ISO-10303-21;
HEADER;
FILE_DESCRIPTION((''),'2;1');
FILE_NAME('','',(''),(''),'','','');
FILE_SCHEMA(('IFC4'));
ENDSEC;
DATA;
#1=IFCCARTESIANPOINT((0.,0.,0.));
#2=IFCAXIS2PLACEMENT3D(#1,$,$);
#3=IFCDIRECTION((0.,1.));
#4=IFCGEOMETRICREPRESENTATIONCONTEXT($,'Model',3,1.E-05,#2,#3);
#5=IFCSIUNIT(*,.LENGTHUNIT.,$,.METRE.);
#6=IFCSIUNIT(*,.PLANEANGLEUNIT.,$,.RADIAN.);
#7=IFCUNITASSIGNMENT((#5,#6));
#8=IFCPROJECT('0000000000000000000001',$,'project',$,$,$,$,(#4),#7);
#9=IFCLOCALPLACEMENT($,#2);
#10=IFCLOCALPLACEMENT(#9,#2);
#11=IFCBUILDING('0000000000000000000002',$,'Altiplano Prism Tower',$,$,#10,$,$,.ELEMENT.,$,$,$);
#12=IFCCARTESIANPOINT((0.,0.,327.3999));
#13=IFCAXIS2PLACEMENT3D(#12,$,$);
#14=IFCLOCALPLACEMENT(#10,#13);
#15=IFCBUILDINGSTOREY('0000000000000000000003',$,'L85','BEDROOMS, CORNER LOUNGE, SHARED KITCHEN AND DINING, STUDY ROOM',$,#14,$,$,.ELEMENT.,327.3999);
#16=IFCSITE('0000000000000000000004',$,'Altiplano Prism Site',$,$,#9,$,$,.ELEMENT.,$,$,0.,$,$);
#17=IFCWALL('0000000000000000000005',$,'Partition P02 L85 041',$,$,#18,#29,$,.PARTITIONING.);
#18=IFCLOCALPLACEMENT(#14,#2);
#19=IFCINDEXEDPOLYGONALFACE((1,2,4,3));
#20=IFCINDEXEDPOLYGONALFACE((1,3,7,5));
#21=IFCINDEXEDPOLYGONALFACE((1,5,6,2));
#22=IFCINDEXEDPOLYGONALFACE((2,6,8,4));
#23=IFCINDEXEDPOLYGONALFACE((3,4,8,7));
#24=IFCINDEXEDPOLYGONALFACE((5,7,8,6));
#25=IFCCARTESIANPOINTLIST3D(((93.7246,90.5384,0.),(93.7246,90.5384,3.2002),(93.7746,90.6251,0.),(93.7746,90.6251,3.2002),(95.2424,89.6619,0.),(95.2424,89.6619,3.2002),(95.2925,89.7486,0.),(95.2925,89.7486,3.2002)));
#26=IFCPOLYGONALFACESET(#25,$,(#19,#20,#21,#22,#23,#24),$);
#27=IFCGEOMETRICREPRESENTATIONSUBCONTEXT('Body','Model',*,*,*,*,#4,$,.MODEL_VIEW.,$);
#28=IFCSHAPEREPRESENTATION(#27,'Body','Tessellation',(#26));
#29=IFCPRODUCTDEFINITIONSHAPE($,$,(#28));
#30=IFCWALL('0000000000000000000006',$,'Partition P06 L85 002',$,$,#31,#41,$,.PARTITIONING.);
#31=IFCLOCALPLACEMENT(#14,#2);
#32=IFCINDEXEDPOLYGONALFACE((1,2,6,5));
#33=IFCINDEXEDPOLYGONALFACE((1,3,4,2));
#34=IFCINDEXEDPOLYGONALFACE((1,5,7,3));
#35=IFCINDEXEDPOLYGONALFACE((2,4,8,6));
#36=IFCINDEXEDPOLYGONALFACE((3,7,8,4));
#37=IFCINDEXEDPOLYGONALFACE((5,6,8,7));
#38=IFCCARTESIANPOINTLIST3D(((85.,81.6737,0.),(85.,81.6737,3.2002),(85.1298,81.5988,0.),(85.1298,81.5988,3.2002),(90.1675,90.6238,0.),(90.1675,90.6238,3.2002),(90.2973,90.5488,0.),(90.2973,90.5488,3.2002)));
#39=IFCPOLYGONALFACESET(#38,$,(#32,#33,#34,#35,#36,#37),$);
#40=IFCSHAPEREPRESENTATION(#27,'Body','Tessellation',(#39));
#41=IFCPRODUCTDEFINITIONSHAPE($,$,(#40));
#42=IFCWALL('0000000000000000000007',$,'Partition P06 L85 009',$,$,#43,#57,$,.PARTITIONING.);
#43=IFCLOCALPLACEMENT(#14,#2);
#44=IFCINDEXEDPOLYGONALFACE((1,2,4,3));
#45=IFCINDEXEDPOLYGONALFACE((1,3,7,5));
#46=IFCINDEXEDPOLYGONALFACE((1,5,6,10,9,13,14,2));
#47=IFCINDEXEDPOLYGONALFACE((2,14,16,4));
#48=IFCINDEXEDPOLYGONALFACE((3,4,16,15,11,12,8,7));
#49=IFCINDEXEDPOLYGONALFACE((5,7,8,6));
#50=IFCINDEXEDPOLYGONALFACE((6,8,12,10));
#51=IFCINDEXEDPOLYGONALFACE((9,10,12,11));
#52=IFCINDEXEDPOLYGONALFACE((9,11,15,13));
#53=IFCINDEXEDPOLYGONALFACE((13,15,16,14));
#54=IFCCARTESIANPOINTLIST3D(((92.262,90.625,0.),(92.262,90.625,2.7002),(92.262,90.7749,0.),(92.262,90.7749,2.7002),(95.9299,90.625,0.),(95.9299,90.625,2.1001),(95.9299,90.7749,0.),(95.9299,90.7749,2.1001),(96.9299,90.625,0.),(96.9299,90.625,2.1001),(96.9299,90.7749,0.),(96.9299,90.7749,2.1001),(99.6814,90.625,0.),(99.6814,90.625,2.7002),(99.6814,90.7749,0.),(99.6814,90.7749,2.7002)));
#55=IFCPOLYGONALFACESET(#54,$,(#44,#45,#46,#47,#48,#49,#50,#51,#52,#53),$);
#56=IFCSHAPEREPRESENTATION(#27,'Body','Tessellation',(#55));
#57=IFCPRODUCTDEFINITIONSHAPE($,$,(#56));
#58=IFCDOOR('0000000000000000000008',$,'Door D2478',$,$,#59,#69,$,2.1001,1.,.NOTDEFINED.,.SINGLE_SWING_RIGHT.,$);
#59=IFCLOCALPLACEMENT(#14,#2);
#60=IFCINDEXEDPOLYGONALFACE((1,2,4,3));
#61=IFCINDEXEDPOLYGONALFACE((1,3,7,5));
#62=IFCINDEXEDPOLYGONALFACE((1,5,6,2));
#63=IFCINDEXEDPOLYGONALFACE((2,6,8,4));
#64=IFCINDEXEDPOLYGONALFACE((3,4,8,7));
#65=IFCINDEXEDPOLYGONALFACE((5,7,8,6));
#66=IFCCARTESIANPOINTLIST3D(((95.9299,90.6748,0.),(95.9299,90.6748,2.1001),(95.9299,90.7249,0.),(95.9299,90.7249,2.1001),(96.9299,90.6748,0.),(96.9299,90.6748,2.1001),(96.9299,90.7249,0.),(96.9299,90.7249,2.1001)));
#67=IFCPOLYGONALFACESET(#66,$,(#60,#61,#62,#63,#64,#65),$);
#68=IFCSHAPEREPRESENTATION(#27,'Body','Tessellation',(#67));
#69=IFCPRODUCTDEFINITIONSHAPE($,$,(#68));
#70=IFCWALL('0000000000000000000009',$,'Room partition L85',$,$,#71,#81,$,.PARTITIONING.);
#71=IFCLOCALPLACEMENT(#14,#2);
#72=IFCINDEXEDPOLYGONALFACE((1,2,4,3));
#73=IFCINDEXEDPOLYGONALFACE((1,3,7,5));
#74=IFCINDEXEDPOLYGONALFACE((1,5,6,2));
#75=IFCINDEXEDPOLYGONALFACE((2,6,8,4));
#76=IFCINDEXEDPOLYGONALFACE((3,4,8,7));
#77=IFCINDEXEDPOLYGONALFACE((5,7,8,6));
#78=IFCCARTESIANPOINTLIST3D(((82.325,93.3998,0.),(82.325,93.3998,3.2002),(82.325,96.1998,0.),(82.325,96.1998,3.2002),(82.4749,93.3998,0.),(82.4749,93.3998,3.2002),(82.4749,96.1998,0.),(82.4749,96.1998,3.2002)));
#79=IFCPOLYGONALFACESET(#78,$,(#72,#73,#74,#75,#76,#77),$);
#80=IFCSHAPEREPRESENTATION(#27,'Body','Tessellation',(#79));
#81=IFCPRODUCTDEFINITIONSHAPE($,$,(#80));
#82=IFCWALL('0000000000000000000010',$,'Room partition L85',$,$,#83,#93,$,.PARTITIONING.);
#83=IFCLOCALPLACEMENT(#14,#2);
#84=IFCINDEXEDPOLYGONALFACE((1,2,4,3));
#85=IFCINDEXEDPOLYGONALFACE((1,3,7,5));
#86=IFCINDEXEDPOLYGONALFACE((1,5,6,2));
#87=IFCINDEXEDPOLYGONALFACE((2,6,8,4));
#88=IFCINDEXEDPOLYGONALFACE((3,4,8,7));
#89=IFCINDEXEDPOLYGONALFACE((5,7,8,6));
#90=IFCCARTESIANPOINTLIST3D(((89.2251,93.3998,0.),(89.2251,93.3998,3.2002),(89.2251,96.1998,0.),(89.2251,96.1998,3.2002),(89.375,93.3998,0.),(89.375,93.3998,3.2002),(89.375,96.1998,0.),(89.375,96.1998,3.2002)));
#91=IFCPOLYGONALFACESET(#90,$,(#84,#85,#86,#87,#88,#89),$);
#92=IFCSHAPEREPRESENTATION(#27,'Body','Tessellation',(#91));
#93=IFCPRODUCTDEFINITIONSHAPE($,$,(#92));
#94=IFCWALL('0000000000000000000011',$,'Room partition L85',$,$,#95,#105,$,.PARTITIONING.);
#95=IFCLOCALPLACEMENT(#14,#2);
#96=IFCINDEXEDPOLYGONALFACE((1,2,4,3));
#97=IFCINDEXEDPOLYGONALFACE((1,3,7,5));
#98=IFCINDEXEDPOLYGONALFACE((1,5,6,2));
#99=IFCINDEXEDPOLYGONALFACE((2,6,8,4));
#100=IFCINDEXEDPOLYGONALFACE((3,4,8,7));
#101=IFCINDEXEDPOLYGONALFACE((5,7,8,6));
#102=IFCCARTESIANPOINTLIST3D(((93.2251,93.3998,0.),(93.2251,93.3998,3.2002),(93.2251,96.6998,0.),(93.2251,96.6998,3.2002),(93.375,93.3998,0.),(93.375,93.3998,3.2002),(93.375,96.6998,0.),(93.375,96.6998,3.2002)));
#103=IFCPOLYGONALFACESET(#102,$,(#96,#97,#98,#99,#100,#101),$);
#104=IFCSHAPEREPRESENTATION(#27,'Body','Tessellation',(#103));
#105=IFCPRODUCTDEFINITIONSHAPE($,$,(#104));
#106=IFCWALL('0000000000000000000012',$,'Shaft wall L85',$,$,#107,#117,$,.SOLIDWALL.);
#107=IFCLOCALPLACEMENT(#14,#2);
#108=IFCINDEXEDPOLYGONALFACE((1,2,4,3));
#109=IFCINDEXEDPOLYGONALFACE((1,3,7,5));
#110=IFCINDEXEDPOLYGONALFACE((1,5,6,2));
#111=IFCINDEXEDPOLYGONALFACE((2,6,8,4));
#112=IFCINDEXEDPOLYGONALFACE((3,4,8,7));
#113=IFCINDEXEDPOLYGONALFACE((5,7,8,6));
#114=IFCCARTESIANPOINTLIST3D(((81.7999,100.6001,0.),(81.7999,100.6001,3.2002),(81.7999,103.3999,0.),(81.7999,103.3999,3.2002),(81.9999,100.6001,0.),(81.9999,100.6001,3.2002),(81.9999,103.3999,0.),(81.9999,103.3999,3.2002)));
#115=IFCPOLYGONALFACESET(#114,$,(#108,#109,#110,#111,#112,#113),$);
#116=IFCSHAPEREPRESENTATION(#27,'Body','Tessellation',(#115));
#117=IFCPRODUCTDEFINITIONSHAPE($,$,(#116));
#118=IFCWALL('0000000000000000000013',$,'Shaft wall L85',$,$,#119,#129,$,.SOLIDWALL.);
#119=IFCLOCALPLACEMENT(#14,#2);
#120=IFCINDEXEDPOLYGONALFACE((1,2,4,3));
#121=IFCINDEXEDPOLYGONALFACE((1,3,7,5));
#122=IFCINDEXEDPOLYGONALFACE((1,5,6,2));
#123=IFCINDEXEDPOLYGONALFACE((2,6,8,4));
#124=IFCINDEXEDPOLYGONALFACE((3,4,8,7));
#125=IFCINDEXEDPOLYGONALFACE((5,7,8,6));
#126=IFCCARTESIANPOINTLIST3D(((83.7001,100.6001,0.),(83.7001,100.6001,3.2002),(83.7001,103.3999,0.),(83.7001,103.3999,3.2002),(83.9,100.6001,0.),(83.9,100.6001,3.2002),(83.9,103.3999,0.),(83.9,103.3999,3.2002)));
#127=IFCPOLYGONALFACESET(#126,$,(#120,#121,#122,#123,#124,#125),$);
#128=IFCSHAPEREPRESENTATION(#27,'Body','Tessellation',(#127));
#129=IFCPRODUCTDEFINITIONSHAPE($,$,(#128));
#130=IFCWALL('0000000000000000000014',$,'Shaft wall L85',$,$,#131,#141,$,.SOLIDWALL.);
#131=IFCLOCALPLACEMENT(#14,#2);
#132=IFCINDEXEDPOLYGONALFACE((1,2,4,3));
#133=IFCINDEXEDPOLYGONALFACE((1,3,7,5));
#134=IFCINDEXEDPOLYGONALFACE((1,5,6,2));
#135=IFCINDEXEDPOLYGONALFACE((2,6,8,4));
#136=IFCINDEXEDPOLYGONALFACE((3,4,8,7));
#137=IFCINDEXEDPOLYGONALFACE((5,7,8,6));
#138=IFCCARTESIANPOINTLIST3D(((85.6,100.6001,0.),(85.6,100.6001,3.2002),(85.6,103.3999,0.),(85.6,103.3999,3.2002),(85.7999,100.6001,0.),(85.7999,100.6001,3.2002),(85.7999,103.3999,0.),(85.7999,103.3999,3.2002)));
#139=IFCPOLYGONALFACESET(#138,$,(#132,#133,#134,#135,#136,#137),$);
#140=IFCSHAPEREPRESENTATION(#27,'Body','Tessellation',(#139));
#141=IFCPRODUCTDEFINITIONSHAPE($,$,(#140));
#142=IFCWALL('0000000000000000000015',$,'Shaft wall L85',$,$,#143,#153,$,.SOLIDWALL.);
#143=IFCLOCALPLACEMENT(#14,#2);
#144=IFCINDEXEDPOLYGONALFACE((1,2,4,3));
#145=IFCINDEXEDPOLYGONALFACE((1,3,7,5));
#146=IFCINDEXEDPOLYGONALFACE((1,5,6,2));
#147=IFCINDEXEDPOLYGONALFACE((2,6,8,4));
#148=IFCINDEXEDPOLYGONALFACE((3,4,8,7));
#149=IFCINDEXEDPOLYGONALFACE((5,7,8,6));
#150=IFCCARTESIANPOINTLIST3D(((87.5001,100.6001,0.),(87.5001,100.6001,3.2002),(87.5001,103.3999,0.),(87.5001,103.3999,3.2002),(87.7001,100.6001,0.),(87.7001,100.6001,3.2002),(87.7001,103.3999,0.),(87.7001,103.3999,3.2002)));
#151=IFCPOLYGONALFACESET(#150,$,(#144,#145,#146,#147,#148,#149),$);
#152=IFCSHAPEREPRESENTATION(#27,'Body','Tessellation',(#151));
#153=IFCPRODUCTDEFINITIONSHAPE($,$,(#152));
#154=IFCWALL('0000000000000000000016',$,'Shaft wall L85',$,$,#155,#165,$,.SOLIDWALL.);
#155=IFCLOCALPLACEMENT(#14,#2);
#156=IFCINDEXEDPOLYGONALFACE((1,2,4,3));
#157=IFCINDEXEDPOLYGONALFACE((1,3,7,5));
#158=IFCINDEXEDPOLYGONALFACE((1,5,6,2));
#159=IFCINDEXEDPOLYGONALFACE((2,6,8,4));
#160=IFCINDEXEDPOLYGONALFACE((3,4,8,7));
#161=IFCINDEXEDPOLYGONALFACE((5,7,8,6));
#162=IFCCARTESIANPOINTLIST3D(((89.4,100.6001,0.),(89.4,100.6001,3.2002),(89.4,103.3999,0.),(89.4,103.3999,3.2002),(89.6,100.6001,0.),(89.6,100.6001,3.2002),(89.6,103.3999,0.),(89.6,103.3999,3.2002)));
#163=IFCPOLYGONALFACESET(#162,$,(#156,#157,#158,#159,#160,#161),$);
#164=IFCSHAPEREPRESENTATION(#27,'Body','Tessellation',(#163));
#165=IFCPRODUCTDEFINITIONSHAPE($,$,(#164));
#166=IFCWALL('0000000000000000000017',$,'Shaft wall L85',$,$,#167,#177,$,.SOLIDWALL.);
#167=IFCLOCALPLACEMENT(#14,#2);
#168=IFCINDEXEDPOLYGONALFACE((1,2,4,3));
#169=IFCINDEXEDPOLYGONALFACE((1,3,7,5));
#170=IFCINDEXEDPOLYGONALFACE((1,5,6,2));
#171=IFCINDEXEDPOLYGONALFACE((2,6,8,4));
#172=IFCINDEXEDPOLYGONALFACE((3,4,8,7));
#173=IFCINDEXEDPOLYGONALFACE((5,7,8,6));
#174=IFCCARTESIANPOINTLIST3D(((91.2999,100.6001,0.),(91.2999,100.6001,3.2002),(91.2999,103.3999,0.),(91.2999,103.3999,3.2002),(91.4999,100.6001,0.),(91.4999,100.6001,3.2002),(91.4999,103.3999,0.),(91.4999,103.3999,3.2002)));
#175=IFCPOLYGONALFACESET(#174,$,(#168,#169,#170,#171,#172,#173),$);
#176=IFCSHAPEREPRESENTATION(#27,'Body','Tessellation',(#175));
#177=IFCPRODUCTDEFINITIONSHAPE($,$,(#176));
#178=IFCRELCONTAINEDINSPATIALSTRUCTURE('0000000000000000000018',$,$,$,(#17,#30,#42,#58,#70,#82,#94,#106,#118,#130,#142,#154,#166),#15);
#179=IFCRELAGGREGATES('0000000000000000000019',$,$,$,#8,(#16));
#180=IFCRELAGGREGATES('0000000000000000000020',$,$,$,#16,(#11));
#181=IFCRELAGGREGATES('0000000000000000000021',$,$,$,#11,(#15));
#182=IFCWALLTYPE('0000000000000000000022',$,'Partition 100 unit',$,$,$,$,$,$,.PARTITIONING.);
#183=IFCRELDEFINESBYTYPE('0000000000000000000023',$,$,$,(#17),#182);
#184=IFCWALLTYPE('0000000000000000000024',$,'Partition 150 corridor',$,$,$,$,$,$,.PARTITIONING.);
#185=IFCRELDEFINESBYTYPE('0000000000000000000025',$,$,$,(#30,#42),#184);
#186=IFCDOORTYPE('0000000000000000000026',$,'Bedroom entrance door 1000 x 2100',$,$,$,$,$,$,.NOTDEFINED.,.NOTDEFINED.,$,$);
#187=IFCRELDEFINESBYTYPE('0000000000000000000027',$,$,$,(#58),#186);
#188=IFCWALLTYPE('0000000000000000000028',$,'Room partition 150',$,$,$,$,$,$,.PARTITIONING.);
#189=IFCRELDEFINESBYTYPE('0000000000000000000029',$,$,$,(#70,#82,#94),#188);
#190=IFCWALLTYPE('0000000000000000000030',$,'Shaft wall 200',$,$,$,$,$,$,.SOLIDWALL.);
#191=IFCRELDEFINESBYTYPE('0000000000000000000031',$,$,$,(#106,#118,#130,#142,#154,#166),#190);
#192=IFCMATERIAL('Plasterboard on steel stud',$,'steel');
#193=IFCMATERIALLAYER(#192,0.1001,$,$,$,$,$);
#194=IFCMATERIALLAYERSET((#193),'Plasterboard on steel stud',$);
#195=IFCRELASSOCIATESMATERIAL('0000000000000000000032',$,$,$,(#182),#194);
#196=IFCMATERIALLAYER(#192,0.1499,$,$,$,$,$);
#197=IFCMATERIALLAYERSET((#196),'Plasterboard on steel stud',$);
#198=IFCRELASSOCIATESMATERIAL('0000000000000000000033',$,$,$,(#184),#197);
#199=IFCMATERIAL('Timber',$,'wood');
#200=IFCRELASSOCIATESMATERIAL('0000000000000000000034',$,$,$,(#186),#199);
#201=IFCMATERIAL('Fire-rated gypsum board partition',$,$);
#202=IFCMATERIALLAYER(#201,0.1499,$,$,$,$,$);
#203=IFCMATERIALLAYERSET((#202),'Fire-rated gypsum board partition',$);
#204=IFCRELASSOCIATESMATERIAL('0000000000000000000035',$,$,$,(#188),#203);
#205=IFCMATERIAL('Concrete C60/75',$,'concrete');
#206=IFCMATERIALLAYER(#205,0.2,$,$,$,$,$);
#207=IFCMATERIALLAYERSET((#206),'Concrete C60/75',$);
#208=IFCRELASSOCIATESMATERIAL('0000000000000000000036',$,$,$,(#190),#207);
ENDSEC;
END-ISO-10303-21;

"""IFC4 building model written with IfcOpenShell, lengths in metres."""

from ifc_helpers import new_model, si_unit, direction, frame, frame_2d, origin, place, context, subcontext, project, spatial, rectangle, extrude, material, layer, layer_set, type_object, element, fill, save


model = new_model("IFC4")

# Units and contexts
model_context = context("Model", 3, precision=1e-05, world=origin(), true_north=direction((0.0, 1.0)))
body_context = subcontext(model_context, "Body", "Model", "MODEL_VIEW")
ifc_project = project(units=[si_unit("LENGTHUNIT", "METRE"), si_unit("PLANEANGLEUNIT", "RADIAN")], contexts=[model_context])

# Site, building, storey
site_placement = place(None, origin())
site = spatial("IfcSite", under=ifc_project, at=site_placement, Name="Altiplano Prism Site", CompositionType="ELEMENT", RefElevation=0.0)
building_placement = place(site_placement, origin())
building = spatial("IfcBuilding", under=site, at=building_placement, Name="Altiplano Prism Tower", CompositionType="ELEMENT")
storey_placement = place(building_placement, frame((0.0, 0.0, 327.3999)))
storey = spatial("IfcBuildingStorey", under=building, at=storey_placement, Name="L85", Description="BEDROOMS, CORNER LOUNGE, SHARED KITCHEN AND DINING, STUDY ROOM", CompositionType="ELEMENT", Elevation=327.3999)

# Walls
ifc_material_1 = material(Name="Plasterboard on steel stud", Category="steel")
ifc_layer_1 = layer(ifc_material_1, 0.1001)
ifc_layer_set_1 = layer_set([ifc_layer_1], Name="Plasterboard on steel stud")
wall_type_1 = type_object("IfcWallType", Name="Partition 100 unit", PredefinedType="PARTITIONING", material=ifc_layer_set_1)
wall_1_placement = place(storey_placement, frame((93.7495, 90.5818, 0.0), z_axis=(0.0, 0.0, 1.0), x_axis=(0.865988, -0.500064, 0.0)))
element("IfcWall", 1, at=wall_1_placement, inside=storey, type_object=wall_type_1, Name="Partition P02 L85 041", PredefinedType="PARTITIONING", context=body_context, shape_type="SweptSolid", body=[
    extrude(rectangle(XDim=1.7527, YDim=0.1001, at=frame_2d((0.8765, 0.0))), origin(), (0.0, 0.0, 1.0), 3.2002),
])
ifc_layer_2 = layer(ifc_material_1, 0.1499)
ifc_layer_set_2 = layer_set([ifc_layer_2], Name="Plasterboard on steel stud")
wall_type_2 = type_object("IfcWallType", Name="Partition 150 corridor", PredefinedType="PARTITIONING", material=ifc_layer_set_2)
wall_2_placement = place(storey_placement, frame((90.2324, 90.5864, 0.0), z_axis=(0.0, 0.0, 1.0), x_axis=(-0.500006, -0.866022, 0.0)))
element("IfcWall", 2, at=wall_2_placement, inside=storey, type_object=wall_type_2, Name="Partition P06 L85 002", PredefinedType="PARTITIONING", context=body_context, shape_type="SweptSolid", body=[
    extrude(rectangle(XDim=10.3347, YDim=0.1499, at=frame_2d((5.1675, 0.0))), origin(), (0.0, 0.0, 1.0), 3.2002),
])

# Wall, opening, door
wall_3_placement = place(storey_placement, frame((92.262, 90.7, 0.0), z_axis=(0.0, 0.0, 1.0), x_axis=(1.0, 0.0, 0.0)))
wall_3 = element("IfcWall", 3, at=wall_3_placement, inside=storey, type_object=wall_type_2, Name="Partition P06 L85 009", PredefinedType="PARTITIONING", context=body_context, shape_type="SweptSolid", body=[
    extrude(rectangle(XDim=7.4194, YDim=0.1499, at=frame_2d((3.7097, 0.0))), origin(), (0.0, 0.0, 1.0), 2.7002),
])
opening_1_placement = place(wall_3_placement, frame((3.668, 0.0, 0.0)))
opening_1 = element("IfcOpeningElement", 4, at=opening_1_placement, cuts=wall_3, PredefinedType="OPENING", context=body_context, shape_type="SweptSolid", body=[
    extrude(rectangle(XDim=1.0, YDim=2.1001, at=frame_2d((0.5, 1.05))), frame((0.0, 0.0854, 0.0), z_axis=(0.0, -1.0, 0.0), x_axis=(1.0, 0.0, 0.0)), (0.0, 0.0, 1.0), 0.1709),
])
ifc_material_2 = material(Name="Timber", Category="wood")
door_type_1 = type_object("IfcDoorType", Name="Bedroom entrance door 1000 x 2100", OperationType="NOTDEFINED", PredefinedType="NOTDEFINED", material=ifc_material_2)
door_1_placement = place(opening_1_placement, origin())
door_1 = element("IfcDoor", 5, at=door_1_placement, inside=storey, type_object=door_type_1, Name="Door D2478", OperationType="SINGLE_SWING_RIGHT", OverallHeight=2.1001, OverallWidth=1.0, PredefinedType="NOTDEFINED", context=body_context, shape_type="SweptSolid", body=[
    extrude(rectangle(XDim=1.0, YDim=2.1001, at=frame_2d((0.5, 1.05))), frame((0.0, 0.0249, 0.0), z_axis=(0.0, -1.0, 0.0), x_axis=(1.0, 0.0, 0.0)), (0.0, 0.0, 1.0), 0.05),
])
fill(opening_1, door_1)

# Walls
ifc_material_3 = material(Name="Fire-rated gypsum board partition")
ifc_layer_3 = layer(ifc_material_3, 0.1499)
ifc_layer_set_3 = layer_set([ifc_layer_3], Name="Fire-rated gypsum board partition")
wall_type_3 = type_object("IfcWallType", Name="Room partition 150", PredefinedType="PARTITIONING", material=ifc_layer_set_3)
for number, where, z_axis, x_axis, name in (
    (6, (82.3999, 93.3999, 0.0), (0.0, 0.0, 1.0), (0.0, 1.0, 0.0), "Room partition L85"),
    (7, (89.3, 93.3999, 0.0), (0.0, 0.0, 1.0), (0.0, 1.0, 0.0), "Room partition L85"),
):
    element("IfcWall", number, at=place(storey_placement, frame(where, z_axis=z_axis, x_axis=x_axis)), inside=storey, type_object=wall_type_3, Name=name, PredefinedType="PARTITIONING", context=body_context, shape_type="SweptSolid", body=[
        extrude(rectangle(XDim=2.8, YDim=0.1499, at=frame_2d((1.3999, 0.0))), origin(), (0.0, 0.0, 1.0), 3.2002),
    ])
wall_4_placement = place(storey_placement, frame((93.3, 93.3999, 0.0), z_axis=(0.0, 0.0, 1.0), x_axis=(0.0, 1.0, 0.0)))
element("IfcWall", 8, at=wall_4_placement, inside=storey, type_object=wall_type_3, Name="Room partition L85", PredefinedType="PARTITIONING", context=body_context, shape_type="SweptSolid", body=[
    extrude(rectangle(XDim=3.3, YDim=0.1499, at=frame_2d((1.6499, 0.0))), origin(), (0.0, 0.0, 1.0), 3.2002),
])
ifc_material_4 = material(Name="Concrete C60/75", Category="concrete")
ifc_layer_4 = layer(ifc_material_4, 0.2)
ifc_layer_set_4 = layer_set([ifc_layer_4], Name="Concrete C60/75")
wall_type_4 = type_object("IfcWallType", Name="Shaft wall 200", PredefinedType="SOLIDWALL", material=ifc_layer_set_4)
for number, where, z_axis, x_axis, name in (
    (9, (81.8999, 100.6001, 0.0), (0.0, 0.0, 1.0), (0.0, 1.0, 0.0), "Shaft wall L85"),
    (10, (83.8, 100.6001, 0.0), (0.0, 0.0, 1.0), (0.0, 1.0, 0.0), "Shaft wall L85"),
    (11, (85.7, 100.6001, 0.0), (0.0, 0.0, 1.0), (0.0, 1.0, 0.0), "Shaft wall L85"),
    (12, (87.6001, 100.6001, 0.0), (0.0, 0.0, 1.0), (0.0, 1.0, 0.0), "Shaft wall L85"),
    (13, (89.5, 100.6001, 0.0), (0.0, 0.0, 1.0), (0.0, 1.0, 0.0), "Shaft wall L85"),
    (14, (91.3999, 100.6001, 0.0), (0.0, 0.0, 1.0), (0.0, 1.0, 0.0), "Shaft wall L85"),
):
    element("IfcWall", number, at=place(storey_placement, frame(where, z_axis=z_axis, x_axis=x_axis)), inside=storey, type_object=wall_type_4, Name=name, PredefinedType="SOLIDWALL", context=body_context, shape_type="SweptSolid", body=[
        extrude(rectangle(XDim=2.7998, YDim=0.2, at=frame_2d((1.3999, 0.0))), origin(), (0.0, 0.0, 1.0), 3.2002),
    ])

save(model, "model.ifc")
